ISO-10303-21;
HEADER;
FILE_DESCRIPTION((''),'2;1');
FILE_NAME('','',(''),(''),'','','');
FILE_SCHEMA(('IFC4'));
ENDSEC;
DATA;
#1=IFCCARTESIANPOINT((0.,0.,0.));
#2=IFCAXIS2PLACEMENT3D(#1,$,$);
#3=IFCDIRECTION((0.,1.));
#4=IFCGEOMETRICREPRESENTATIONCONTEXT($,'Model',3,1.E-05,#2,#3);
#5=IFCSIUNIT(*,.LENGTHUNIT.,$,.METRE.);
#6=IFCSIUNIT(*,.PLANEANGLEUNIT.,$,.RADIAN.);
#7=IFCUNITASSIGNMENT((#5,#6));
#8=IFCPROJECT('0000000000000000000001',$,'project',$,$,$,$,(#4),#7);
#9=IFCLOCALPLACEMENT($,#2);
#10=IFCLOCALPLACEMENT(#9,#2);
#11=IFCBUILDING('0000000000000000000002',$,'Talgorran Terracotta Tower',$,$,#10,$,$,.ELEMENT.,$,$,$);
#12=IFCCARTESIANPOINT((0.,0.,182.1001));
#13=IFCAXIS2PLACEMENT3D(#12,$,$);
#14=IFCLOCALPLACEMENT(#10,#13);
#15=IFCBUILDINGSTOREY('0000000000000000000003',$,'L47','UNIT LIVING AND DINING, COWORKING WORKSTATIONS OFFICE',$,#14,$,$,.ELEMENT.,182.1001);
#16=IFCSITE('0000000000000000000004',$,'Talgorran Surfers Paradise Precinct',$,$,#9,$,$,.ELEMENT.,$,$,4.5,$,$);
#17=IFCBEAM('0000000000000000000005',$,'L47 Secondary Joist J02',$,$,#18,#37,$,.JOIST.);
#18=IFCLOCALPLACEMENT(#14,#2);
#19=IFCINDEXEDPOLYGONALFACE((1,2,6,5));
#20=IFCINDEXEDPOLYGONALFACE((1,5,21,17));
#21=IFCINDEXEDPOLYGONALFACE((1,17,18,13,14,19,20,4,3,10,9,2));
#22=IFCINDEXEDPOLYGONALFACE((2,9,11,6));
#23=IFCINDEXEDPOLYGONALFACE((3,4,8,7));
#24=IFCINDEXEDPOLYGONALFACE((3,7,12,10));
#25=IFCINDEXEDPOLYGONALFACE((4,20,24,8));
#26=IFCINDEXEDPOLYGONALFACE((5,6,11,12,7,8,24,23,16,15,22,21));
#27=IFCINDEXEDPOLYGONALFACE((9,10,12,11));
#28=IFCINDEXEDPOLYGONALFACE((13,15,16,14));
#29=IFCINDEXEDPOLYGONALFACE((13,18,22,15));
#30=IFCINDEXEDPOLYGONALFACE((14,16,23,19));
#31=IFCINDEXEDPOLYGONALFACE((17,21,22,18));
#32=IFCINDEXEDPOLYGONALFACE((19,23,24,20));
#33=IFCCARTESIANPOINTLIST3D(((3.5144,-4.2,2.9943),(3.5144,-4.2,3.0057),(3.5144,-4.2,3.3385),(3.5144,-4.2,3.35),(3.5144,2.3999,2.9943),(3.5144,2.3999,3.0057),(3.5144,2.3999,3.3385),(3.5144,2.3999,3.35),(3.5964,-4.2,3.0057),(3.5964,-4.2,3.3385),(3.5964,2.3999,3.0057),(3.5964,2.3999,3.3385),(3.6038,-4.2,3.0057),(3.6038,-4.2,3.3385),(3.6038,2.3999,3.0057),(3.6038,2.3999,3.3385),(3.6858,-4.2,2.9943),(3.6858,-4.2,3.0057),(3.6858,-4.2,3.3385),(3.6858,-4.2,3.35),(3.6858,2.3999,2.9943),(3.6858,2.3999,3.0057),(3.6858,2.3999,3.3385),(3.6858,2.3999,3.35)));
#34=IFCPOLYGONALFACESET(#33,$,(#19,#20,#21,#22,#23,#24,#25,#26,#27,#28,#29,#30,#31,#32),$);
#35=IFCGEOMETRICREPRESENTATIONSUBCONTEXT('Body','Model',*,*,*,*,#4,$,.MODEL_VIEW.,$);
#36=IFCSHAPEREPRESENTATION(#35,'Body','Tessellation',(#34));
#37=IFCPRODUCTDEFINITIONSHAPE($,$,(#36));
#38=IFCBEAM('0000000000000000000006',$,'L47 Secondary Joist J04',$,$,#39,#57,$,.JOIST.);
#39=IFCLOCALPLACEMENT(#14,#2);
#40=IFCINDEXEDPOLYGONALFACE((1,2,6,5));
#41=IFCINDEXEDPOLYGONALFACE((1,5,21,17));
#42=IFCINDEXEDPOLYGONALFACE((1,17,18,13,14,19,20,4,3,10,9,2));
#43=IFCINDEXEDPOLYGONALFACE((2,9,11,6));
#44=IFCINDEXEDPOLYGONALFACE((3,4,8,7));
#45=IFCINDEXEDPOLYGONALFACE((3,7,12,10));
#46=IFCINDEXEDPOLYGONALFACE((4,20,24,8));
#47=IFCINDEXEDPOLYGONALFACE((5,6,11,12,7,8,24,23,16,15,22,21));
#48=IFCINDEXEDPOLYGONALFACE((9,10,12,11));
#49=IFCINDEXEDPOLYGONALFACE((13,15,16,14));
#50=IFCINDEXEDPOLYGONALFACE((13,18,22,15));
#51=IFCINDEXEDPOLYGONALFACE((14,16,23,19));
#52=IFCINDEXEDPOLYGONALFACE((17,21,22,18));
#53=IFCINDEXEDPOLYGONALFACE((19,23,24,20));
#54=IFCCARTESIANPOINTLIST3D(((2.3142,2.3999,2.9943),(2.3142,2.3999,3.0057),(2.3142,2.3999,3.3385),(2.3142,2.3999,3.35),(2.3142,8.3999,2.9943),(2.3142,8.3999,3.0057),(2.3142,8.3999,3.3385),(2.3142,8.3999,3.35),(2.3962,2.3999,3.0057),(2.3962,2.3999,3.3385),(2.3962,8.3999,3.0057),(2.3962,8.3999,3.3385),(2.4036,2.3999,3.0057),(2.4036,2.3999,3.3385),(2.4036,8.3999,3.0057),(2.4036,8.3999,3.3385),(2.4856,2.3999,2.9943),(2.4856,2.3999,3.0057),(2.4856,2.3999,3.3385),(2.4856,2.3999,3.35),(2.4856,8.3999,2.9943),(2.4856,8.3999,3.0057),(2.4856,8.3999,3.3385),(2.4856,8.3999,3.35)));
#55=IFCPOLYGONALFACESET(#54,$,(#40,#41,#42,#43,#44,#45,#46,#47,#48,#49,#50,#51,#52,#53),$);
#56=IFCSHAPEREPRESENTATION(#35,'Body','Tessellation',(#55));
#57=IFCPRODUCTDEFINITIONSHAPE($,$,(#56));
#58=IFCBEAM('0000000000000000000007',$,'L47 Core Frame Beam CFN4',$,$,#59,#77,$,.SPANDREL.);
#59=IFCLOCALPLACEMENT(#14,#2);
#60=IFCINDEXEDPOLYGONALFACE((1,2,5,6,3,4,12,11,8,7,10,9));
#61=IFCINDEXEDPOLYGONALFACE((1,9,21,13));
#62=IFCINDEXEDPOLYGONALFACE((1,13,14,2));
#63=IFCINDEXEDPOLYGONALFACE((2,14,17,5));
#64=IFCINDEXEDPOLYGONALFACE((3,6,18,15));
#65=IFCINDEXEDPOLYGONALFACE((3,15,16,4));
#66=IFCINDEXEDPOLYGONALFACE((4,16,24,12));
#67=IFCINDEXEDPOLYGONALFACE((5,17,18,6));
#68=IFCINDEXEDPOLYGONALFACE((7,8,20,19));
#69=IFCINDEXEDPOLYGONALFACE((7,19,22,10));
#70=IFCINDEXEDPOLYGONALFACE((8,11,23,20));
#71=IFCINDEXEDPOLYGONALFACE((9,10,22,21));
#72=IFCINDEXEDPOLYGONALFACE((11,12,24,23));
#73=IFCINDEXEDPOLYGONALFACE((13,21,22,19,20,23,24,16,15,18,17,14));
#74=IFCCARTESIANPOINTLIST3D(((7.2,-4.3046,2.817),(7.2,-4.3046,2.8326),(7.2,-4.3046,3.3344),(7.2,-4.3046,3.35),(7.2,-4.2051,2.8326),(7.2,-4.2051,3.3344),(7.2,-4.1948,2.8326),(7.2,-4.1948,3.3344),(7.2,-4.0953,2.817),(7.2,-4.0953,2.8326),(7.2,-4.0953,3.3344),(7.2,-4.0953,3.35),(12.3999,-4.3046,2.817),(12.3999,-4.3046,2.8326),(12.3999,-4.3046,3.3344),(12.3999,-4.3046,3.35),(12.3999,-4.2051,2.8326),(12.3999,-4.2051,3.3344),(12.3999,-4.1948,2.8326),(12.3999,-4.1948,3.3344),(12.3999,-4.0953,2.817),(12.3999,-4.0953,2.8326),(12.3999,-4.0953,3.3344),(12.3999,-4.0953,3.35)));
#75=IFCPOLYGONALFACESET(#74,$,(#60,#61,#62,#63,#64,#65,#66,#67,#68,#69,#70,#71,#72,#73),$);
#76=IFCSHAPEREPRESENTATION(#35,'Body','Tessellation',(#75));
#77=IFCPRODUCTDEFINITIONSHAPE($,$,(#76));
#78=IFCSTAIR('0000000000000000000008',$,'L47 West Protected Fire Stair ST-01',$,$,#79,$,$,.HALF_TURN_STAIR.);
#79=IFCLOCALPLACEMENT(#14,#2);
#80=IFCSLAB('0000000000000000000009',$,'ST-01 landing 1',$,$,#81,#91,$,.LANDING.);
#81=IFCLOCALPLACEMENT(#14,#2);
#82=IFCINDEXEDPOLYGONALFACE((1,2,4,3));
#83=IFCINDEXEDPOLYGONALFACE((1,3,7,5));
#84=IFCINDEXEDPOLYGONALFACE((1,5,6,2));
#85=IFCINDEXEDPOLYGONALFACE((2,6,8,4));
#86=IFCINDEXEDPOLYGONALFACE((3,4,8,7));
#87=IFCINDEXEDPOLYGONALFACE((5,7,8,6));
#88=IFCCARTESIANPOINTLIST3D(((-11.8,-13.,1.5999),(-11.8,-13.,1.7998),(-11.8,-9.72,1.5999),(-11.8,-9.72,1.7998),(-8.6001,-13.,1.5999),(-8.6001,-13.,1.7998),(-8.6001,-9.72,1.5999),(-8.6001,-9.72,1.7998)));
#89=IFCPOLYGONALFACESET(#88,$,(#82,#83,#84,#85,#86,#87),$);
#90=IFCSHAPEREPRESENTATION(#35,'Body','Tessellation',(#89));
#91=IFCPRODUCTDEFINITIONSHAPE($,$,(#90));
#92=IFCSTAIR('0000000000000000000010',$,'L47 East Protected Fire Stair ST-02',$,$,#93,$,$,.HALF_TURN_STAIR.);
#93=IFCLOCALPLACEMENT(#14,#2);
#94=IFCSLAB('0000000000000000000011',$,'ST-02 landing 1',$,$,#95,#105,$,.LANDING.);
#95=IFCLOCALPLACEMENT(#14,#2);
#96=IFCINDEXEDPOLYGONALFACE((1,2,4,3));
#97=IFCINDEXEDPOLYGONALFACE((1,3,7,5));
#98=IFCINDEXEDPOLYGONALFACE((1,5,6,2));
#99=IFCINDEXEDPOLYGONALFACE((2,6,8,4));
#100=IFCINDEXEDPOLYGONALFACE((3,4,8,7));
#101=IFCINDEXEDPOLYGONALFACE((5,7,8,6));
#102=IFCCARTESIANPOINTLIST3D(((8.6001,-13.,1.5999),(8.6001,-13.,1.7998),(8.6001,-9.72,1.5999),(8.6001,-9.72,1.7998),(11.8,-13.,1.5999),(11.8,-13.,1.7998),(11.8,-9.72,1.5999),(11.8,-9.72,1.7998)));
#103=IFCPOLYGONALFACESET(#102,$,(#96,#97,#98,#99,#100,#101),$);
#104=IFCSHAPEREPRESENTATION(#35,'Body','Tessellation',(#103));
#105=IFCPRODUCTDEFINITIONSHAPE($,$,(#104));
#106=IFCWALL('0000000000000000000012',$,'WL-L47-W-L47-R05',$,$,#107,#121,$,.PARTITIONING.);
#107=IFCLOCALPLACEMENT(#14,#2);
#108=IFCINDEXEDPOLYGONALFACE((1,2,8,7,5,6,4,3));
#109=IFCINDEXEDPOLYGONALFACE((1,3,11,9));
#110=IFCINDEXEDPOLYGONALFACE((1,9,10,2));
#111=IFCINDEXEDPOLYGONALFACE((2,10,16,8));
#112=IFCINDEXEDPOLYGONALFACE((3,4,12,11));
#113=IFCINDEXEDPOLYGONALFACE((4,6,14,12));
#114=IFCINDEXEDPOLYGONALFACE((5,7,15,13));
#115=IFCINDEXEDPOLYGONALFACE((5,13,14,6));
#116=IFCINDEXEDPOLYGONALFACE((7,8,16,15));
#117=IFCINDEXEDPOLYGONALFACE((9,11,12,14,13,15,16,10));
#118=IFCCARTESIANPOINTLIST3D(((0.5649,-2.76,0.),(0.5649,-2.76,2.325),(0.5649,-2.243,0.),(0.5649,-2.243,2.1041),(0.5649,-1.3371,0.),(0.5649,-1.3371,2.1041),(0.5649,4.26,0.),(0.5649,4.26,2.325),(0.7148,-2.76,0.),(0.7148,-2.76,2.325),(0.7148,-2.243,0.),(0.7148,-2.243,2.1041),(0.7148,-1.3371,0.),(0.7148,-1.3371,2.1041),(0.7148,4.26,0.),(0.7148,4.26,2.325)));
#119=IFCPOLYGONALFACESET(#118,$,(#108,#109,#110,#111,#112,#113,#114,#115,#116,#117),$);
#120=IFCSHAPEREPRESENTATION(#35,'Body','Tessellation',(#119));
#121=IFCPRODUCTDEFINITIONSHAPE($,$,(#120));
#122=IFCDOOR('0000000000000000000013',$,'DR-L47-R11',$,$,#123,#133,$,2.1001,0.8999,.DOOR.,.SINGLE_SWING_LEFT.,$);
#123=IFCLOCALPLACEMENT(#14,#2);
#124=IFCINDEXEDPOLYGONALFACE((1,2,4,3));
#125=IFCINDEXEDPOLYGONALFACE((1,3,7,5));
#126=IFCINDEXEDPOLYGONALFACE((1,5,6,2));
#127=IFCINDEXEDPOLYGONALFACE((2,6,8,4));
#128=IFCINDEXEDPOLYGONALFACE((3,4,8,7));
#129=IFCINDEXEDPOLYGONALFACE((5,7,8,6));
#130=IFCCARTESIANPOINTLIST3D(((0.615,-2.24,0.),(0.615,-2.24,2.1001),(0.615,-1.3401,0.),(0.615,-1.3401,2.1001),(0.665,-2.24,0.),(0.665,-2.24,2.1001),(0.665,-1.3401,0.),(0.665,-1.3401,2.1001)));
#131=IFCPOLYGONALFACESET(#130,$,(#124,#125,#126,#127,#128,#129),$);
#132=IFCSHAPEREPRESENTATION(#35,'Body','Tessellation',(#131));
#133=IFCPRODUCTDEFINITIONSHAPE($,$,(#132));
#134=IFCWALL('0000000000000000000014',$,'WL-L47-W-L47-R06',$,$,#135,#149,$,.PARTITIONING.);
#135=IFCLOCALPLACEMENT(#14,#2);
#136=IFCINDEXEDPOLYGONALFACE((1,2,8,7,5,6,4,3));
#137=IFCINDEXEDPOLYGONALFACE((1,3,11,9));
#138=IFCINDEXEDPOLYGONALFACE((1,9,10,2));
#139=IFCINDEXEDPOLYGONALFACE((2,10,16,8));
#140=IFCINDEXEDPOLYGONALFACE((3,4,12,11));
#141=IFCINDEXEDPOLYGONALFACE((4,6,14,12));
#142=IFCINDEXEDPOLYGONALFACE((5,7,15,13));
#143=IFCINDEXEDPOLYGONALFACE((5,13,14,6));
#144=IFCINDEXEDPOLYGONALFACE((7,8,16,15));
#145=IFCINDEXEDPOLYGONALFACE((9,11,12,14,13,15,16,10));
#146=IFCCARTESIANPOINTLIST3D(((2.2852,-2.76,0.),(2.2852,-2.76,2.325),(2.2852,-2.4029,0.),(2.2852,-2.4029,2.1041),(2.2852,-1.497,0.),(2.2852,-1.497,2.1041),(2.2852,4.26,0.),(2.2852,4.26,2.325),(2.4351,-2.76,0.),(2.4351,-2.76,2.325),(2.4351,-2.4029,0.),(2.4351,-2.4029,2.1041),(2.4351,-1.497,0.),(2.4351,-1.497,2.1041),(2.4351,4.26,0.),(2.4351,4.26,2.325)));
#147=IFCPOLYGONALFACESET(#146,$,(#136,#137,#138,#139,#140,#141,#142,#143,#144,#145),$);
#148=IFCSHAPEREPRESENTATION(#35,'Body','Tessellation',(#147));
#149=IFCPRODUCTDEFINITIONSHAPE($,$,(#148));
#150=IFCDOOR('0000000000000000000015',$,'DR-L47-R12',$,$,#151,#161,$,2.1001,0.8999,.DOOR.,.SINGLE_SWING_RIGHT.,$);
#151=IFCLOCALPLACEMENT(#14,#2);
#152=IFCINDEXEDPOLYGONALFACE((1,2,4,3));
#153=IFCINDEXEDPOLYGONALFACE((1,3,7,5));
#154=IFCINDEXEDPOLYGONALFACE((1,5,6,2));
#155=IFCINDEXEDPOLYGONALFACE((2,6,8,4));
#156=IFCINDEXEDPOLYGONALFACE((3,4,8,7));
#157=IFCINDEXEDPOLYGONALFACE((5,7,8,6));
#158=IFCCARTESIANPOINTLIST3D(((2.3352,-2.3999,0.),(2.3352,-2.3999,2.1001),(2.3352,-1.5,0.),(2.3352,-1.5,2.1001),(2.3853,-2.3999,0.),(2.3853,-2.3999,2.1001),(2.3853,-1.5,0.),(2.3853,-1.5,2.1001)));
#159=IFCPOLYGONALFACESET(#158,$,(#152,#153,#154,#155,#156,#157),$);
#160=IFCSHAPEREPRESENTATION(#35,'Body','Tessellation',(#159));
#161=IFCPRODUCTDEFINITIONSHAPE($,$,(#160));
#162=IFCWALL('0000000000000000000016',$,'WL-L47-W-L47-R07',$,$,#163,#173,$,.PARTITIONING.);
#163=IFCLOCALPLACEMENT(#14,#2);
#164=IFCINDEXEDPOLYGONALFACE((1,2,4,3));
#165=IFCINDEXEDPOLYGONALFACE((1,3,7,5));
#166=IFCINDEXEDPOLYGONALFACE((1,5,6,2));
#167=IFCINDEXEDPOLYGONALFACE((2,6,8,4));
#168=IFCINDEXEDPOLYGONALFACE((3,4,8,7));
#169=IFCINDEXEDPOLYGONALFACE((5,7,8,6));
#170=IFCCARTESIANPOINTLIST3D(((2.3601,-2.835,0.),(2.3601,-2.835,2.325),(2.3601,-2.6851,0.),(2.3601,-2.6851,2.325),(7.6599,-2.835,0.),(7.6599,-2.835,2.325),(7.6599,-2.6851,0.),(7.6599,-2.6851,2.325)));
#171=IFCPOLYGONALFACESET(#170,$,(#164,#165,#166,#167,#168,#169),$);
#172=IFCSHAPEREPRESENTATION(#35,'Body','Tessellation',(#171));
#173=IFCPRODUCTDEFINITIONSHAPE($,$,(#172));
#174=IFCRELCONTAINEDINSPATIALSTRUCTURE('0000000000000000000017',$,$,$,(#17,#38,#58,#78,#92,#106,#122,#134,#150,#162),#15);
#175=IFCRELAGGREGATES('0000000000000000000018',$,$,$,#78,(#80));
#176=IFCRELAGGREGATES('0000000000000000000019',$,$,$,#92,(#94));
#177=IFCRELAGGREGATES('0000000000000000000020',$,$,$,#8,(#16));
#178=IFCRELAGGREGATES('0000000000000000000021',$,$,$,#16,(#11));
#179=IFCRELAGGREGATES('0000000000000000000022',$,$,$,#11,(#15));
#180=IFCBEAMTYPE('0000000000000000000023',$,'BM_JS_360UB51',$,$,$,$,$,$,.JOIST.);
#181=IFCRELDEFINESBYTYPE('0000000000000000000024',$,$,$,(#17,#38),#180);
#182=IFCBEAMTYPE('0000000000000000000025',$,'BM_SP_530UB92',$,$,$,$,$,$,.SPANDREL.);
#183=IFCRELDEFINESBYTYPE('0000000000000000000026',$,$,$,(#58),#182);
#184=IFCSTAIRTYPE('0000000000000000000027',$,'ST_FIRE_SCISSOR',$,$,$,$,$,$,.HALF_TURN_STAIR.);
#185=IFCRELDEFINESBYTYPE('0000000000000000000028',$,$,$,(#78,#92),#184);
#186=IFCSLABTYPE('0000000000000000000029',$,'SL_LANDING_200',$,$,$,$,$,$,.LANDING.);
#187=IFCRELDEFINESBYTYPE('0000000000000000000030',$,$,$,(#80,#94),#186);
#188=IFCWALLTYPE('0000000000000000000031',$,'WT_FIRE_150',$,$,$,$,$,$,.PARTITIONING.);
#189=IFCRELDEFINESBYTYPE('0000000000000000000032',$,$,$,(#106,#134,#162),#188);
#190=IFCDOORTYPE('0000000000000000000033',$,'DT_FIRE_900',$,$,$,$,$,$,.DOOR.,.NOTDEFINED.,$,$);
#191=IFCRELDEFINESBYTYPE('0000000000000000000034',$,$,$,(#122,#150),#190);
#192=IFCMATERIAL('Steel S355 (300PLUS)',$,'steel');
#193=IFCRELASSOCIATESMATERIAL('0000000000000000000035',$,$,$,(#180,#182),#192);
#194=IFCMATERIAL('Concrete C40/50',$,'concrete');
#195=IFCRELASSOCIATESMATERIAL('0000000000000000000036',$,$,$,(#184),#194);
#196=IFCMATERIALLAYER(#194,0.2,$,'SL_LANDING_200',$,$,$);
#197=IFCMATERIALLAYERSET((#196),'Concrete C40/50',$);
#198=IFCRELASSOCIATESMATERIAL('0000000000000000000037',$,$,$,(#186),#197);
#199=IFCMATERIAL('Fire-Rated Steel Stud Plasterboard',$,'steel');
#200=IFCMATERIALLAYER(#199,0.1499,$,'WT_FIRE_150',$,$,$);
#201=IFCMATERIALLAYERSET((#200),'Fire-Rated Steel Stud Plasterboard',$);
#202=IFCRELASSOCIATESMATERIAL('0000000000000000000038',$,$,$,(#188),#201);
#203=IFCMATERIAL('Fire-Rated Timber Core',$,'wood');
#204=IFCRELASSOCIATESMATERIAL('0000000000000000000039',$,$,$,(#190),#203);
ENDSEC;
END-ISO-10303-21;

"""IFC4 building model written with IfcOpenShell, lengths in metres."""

from ifc_helpers import new_model, si_unit, direction, frame, frame_2d, origin, origin_2d, place, context, subcontext, project, spatial, polyline, rectangle, i_section, outline, extrude, material, layer, layer_set, material_profile, profile_set, type_object, element, fill, aggregate, save


model = new_model("IFC4")

# Units and contexts
model_context = context("Model", 3, precision=1e-05, world=origin(), true_north=direction((0.0, 1.0)))
body_context = subcontext(model_context, "Body", "Model", "MODEL_VIEW")
ifc_project = project(units=[si_unit("LENGTHUNIT", "METRE"), si_unit("PLANEANGLEUNIT", "RADIAN")], contexts=[model_context])

# Site, building, storey
site_placement = place(None, origin())
site = spatial("IfcSite", under=ifc_project, at=site_placement, Name="Talgorran Surfers Paradise Precinct", CompositionType="ELEMENT", RefElevation=4.5)
building_placement = place(site_placement, origin())
building = spatial("IfcBuilding", under=site, at=building_placement, Name="Talgorran Terracotta Tower", CompositionType="ELEMENT")
storey_placement = place(building_placement, frame((0.0, 0.0, 182.1001)))
storey = spatial("IfcBuildingStorey", under=building, at=storey_placement, Name="L47", Description="UNIT LIVING AND DINING, COWORKING WORKSTATIONS OFFICE", CompositionType="ELEMENT", Elevation=182.1001)

# Shared definitions
ifc_material_1 = material(Name="Steel S355 (300PLUS)", Category="steel")

# Beams
ifc_material_profile_1 = material_profile(ifc_material_1, i_section(OverallWidth=0.1714, OverallDepth=0.3557, WebThickness=0.0073, FlangeThickness=0.0115, at=origin_2d()), Name="360UB50.7")
ifc_profile_set_1 = profile_set([ifc_material_profile_1], Name="Steel S355 (300PLUS)")
beam_type_1 = type_object("IfcBeamType", Name="BM_JS_360UB51", PredefinedType="JOIST", material=ifc_profile_set_1)
beam_1_placement = place(storey_placement, frame((3.6001, -4.2, 3.1721), z_axis=(0.0, 1.0, 0.0), x_axis=(-1.0, 0.0, 0.0)))
element("IfcBeam", 1, at=beam_1_placement, inside=storey, type_object=beam_type_1, Name="L47 Secondary Joist J02", PredefinedType="JOIST", context=body_context, shape_type="SweptSolid", body=[
    extrude(i_section(OverallWidth=0.1714, OverallDepth=0.3557, WebThickness=0.0073, FlangeThickness=0.0115, at=origin_2d()), origin(), (0.0, 0.0, 1.0), 6.5999),
])
beam_2_placement = place(storey_placement, frame((2.3999, 2.3999, 3.1721), z_axis=(0.0, 1.0, 0.0), x_axis=(-1.0, 0.0, 0.0)))
element("IfcBeam", 2, at=beam_2_placement, inside=storey, type_object=beam_type_1, Name="L47 Secondary Joist J04", PredefinedType="JOIST", context=body_context, shape_type="SweptSolid", body=[
    extrude(i_section(OverallWidth=0.1714, OverallDepth=0.3557, WebThickness=0.0073, FlangeThickness=0.0115, at=origin_2d()), origin(), (0.0, 0.0, 1.0), 6.0),
])
ifc_material_profile_2 = material_profile(ifc_material_1, i_section(OverallWidth=0.2092, OverallDepth=0.533, WebThickness=0.0103, FlangeThickness=0.0156, at=origin_2d()), Name="530UB92.4")
ifc_profile_set_2 = profile_set([ifc_material_profile_2], Name="Steel S355 (300PLUS)")
beam_type_2 = type_object("IfcBeamType", Name="BM_SP_530UB92", PredefinedType="SPANDREL", material=ifc_profile_set_2)
beam_3_placement = place(storey_placement, frame((7.2, -4.2, 3.0835), z_axis=(1.0, 0.0, 0.0), x_axis=(0.0, 1.0, 0.0)))
element("IfcBeam", 3, at=beam_3_placement, inside=storey, type_object=beam_type_2, Name="L47 Core Frame Beam CFN4", PredefinedType="SPANDREL", context=body_context, shape_type="SweptSolid", body=[
    extrude(i_section(OverallWidth=0.2092, OverallDepth=0.533, WebThickness=0.0103, FlangeThickness=0.0156, at=origin_2d()), origin(), (0.0, 0.0, 1.0), 5.2),
])

# Stairs, slabs
ifc_material_2 = material(Name="Concrete C40/50", Category="concrete")
stair_type = type_object("IfcStairType", Name="ST_FIRE_SCISSOR", PredefinedType="HALF_TURN_STAIR", material=ifc_material_2)
stair_1_placement = place(storey_placement, origin())
stair_1 = element("IfcStair", 4, at=stair_1_placement, inside=storey, type_object=stair_type, Name="L47 West Protected Fire Stair ST-01", PredefinedType="HALF_TURN_STAIR")
ifc_layer_1 = layer(ifc_material_2, 0.2, Name="SL_LANDING_200")
ifc_layer_set_1 = layer_set([ifc_layer_1], Name="Concrete C40/50")
slab_type = type_object("IfcSlabType", Name="SL_LANDING_200", PredefinedType="LANDING", material=ifc_layer_set_1)
slab_1_placement = place(storey_placement, frame((0.0, 0.0, 1.5999)))
slab_1 = element("IfcSlab", 5, at=slab_1_placement, type_object=slab_type, Name="ST-01 landing 1", PredefinedType="LANDING", context=body_context, shape_type="SweptSolid", body=[
    extrude(outline(polyline([(-11.8, -9.72), (-11.8, -13.0), (-8.6001, -13.0), (-8.6001, -9.72), (-11.8, -9.72)])), origin(), (0.0, 0.0, 1.0), 0.2),
])
aggregate(stair_1, [slab_1])
stair_2_placement = place(storey_placement, origin())
stair_2 = element("IfcStair", 6, at=stair_2_placement, inside=storey, type_object=stair_type, Name="L47 East Protected Fire Stair ST-02", PredefinedType="HALF_TURN_STAIR")
slab_2_placement = place(storey_placement, frame((0.0, 0.0, 1.5999)))
slab_2 = element("IfcSlab", 7, at=slab_2_placement, type_object=slab_type, Name="ST-02 landing 1", PredefinedType="LANDING", context=body_context, shape_type="SweptSolid", body=[
    extrude(outline(polyline([(8.6001, -9.72), (8.6001, -13.0), (11.8, -13.0), (11.8, -9.72), (8.6001, -9.72)])), origin(), (0.0, 0.0, 1.0), 0.2),
])
aggregate(stair_2, [slab_2])

# Walls, openings, doors
ifc_material_3 = material(Name="Fire-Rated Steel Stud Plasterboard", Category="steel")
ifc_layer_2 = layer(ifc_material_3, 0.1499, Name="WT_FIRE_150")
ifc_layer_set_2 = layer_set([ifc_layer_2], Name="Fire-Rated Steel Stud Plasterboard")
wall_type_1 = type_object("IfcWallType", Name="WT_FIRE_150", PredefinedType="PARTITIONING", material=ifc_layer_set_2)
wall_1_placement = place(storey_placement, frame((0.6399, -2.76, 0.0), z_axis=(0.0, 0.0, 1.0), x_axis=(0.0, 1.0, 0.0)))
wall_1 = element("IfcWall", 8, at=wall_1_placement, inside=storey, type_object=wall_type_1, Name="WL-L47-W-L47-R05", PredefinedType="PARTITIONING", context=body_context, shape_type="SweptSolid", body=[
    extrude(rectangle(XDim=7.02, YDim=0.1499, at=frame_2d((3.51, 0.0))), origin(), (0.0, 0.0, 1.0), 2.325),
])
opening_1_placement = place(wall_1_placement, frame((0.52, 0.0, 0.0)))
opening_1 = element("IfcOpeningElement", 9, at=opening_1_placement, cuts=wall_1, PredefinedType="OPENING", context=body_context, shape_type="SweptSolid", body=[
    extrude(rectangle(XDim=0.9059, YDim=2.1041, at=frame_2d((0.45, 1.052))), frame((0.0, 0.085, 0.0), z_axis=(0.0, -1.0, 0.0), x_axis=(1.0, 0.0, 0.0)), (0.0, 0.0, 1.0), 0.1699),
])
ifc_material_4 = material(Name="Fire-Rated Timber Core", Category="wood")
door_type = type_object("IfcDoorType", Name="DT_FIRE_900", OperationType="NOTDEFINED", PredefinedType="DOOR", material=ifc_material_4)
door_1_placement = place(opening_1_placement, origin())
door_1 = element("IfcDoor", 10, at=door_1_placement, inside=storey, type_object=door_type, Name="DR-L47-R11", OperationType="SINGLE_SWING_LEFT", OverallHeight=2.1001, OverallWidth=0.8999, PredefinedType="DOOR", context=body_context, shape_type="SweptSolid", body=[
    extrude(rectangle(XDim=0.8999, YDim=2.1001, at=frame_2d((0.45, 1.05))), frame((0.0, 0.0249, 0.0), z_axis=(0.0, -1.0, 0.0), x_axis=(1.0, 0.0, 0.0)), (0.0, 0.0, 1.0), 0.05),
])
fill(opening_1, door_1)
wall_2_placement = place(storey_placement, frame((2.3601, -2.76, 0.0), z_axis=(0.0, 0.0, 1.0), x_axis=(0.0, 1.0, 0.0)))
wall_2 = element("IfcWall", 11, at=wall_2_placement, inside=storey, type_object=wall_type_1, Name="WL-L47-W-L47-R06", PredefinedType="PARTITIONING", context=body_context, shape_type="SweptSolid", body=[
    extrude(rectangle(XDim=7.02, YDim=0.1499, at=frame_2d((3.51, 0.0))), origin(), (0.0, 0.0, 1.0), 2.325),
])
opening_2_placement = place(wall_2_placement, frame((0.3601, 0.0, 0.0)))
opening_2 = element("IfcOpeningElement", 12, at=opening_2_placement, cuts=wall_2, PredefinedType="OPENING", context=body_context, shape_type="SweptSolid", body=[
    extrude(rectangle(XDim=0.9059, YDim=2.1041, at=frame_2d((0.45, 1.052))), frame((0.0, 0.085, 0.0), z_axis=(0.0, -1.0, 0.0), x_axis=(1.0, 0.0, 0.0)), (0.0, 0.0, 1.0), 0.1699),
])
door_2_placement = place(opening_2_placement, origin())
door_2 = element("IfcDoor", 13, at=door_2_placement, inside=storey, type_object=door_type, Name="DR-L47-R12", OperationType="SINGLE_SWING_RIGHT", OverallHeight=2.1001, OverallWidth=0.8999, PredefinedType="DOOR", context=body_context, shape_type="SweptSolid", body=[
    extrude(rectangle(XDim=0.8999, YDim=2.1001, at=frame_2d((0.45, 1.05))), frame((0.0, 0.0249, 0.0), z_axis=(0.0, -1.0, 0.0), x_axis=(1.0, 0.0, 0.0)), (0.0, 0.0, 1.0), 0.05),
])
fill(opening_2, door_2)

# Wall
wall_3_placement = place(storey_placement, frame((2.3601, -2.76, 0.0), z_axis=(0.0, 0.0, 1.0), x_axis=(1.0, 0.0, 0.0)))
element("IfcWall", 14, at=wall_3_placement, inside=storey, type_object=wall_type_1, Name="WL-L47-W-L47-R07", PredefinedType="PARTITIONING", context=body_context, shape_type="SweptSolid", body=[
    extrude(rectangle(XDim=5.2998, YDim=0.1499, at=frame_2d((2.6499, 0.0))), origin(), (0.0, 0.0, 1.0), 2.325),
])

save(model, "model.ifc")
